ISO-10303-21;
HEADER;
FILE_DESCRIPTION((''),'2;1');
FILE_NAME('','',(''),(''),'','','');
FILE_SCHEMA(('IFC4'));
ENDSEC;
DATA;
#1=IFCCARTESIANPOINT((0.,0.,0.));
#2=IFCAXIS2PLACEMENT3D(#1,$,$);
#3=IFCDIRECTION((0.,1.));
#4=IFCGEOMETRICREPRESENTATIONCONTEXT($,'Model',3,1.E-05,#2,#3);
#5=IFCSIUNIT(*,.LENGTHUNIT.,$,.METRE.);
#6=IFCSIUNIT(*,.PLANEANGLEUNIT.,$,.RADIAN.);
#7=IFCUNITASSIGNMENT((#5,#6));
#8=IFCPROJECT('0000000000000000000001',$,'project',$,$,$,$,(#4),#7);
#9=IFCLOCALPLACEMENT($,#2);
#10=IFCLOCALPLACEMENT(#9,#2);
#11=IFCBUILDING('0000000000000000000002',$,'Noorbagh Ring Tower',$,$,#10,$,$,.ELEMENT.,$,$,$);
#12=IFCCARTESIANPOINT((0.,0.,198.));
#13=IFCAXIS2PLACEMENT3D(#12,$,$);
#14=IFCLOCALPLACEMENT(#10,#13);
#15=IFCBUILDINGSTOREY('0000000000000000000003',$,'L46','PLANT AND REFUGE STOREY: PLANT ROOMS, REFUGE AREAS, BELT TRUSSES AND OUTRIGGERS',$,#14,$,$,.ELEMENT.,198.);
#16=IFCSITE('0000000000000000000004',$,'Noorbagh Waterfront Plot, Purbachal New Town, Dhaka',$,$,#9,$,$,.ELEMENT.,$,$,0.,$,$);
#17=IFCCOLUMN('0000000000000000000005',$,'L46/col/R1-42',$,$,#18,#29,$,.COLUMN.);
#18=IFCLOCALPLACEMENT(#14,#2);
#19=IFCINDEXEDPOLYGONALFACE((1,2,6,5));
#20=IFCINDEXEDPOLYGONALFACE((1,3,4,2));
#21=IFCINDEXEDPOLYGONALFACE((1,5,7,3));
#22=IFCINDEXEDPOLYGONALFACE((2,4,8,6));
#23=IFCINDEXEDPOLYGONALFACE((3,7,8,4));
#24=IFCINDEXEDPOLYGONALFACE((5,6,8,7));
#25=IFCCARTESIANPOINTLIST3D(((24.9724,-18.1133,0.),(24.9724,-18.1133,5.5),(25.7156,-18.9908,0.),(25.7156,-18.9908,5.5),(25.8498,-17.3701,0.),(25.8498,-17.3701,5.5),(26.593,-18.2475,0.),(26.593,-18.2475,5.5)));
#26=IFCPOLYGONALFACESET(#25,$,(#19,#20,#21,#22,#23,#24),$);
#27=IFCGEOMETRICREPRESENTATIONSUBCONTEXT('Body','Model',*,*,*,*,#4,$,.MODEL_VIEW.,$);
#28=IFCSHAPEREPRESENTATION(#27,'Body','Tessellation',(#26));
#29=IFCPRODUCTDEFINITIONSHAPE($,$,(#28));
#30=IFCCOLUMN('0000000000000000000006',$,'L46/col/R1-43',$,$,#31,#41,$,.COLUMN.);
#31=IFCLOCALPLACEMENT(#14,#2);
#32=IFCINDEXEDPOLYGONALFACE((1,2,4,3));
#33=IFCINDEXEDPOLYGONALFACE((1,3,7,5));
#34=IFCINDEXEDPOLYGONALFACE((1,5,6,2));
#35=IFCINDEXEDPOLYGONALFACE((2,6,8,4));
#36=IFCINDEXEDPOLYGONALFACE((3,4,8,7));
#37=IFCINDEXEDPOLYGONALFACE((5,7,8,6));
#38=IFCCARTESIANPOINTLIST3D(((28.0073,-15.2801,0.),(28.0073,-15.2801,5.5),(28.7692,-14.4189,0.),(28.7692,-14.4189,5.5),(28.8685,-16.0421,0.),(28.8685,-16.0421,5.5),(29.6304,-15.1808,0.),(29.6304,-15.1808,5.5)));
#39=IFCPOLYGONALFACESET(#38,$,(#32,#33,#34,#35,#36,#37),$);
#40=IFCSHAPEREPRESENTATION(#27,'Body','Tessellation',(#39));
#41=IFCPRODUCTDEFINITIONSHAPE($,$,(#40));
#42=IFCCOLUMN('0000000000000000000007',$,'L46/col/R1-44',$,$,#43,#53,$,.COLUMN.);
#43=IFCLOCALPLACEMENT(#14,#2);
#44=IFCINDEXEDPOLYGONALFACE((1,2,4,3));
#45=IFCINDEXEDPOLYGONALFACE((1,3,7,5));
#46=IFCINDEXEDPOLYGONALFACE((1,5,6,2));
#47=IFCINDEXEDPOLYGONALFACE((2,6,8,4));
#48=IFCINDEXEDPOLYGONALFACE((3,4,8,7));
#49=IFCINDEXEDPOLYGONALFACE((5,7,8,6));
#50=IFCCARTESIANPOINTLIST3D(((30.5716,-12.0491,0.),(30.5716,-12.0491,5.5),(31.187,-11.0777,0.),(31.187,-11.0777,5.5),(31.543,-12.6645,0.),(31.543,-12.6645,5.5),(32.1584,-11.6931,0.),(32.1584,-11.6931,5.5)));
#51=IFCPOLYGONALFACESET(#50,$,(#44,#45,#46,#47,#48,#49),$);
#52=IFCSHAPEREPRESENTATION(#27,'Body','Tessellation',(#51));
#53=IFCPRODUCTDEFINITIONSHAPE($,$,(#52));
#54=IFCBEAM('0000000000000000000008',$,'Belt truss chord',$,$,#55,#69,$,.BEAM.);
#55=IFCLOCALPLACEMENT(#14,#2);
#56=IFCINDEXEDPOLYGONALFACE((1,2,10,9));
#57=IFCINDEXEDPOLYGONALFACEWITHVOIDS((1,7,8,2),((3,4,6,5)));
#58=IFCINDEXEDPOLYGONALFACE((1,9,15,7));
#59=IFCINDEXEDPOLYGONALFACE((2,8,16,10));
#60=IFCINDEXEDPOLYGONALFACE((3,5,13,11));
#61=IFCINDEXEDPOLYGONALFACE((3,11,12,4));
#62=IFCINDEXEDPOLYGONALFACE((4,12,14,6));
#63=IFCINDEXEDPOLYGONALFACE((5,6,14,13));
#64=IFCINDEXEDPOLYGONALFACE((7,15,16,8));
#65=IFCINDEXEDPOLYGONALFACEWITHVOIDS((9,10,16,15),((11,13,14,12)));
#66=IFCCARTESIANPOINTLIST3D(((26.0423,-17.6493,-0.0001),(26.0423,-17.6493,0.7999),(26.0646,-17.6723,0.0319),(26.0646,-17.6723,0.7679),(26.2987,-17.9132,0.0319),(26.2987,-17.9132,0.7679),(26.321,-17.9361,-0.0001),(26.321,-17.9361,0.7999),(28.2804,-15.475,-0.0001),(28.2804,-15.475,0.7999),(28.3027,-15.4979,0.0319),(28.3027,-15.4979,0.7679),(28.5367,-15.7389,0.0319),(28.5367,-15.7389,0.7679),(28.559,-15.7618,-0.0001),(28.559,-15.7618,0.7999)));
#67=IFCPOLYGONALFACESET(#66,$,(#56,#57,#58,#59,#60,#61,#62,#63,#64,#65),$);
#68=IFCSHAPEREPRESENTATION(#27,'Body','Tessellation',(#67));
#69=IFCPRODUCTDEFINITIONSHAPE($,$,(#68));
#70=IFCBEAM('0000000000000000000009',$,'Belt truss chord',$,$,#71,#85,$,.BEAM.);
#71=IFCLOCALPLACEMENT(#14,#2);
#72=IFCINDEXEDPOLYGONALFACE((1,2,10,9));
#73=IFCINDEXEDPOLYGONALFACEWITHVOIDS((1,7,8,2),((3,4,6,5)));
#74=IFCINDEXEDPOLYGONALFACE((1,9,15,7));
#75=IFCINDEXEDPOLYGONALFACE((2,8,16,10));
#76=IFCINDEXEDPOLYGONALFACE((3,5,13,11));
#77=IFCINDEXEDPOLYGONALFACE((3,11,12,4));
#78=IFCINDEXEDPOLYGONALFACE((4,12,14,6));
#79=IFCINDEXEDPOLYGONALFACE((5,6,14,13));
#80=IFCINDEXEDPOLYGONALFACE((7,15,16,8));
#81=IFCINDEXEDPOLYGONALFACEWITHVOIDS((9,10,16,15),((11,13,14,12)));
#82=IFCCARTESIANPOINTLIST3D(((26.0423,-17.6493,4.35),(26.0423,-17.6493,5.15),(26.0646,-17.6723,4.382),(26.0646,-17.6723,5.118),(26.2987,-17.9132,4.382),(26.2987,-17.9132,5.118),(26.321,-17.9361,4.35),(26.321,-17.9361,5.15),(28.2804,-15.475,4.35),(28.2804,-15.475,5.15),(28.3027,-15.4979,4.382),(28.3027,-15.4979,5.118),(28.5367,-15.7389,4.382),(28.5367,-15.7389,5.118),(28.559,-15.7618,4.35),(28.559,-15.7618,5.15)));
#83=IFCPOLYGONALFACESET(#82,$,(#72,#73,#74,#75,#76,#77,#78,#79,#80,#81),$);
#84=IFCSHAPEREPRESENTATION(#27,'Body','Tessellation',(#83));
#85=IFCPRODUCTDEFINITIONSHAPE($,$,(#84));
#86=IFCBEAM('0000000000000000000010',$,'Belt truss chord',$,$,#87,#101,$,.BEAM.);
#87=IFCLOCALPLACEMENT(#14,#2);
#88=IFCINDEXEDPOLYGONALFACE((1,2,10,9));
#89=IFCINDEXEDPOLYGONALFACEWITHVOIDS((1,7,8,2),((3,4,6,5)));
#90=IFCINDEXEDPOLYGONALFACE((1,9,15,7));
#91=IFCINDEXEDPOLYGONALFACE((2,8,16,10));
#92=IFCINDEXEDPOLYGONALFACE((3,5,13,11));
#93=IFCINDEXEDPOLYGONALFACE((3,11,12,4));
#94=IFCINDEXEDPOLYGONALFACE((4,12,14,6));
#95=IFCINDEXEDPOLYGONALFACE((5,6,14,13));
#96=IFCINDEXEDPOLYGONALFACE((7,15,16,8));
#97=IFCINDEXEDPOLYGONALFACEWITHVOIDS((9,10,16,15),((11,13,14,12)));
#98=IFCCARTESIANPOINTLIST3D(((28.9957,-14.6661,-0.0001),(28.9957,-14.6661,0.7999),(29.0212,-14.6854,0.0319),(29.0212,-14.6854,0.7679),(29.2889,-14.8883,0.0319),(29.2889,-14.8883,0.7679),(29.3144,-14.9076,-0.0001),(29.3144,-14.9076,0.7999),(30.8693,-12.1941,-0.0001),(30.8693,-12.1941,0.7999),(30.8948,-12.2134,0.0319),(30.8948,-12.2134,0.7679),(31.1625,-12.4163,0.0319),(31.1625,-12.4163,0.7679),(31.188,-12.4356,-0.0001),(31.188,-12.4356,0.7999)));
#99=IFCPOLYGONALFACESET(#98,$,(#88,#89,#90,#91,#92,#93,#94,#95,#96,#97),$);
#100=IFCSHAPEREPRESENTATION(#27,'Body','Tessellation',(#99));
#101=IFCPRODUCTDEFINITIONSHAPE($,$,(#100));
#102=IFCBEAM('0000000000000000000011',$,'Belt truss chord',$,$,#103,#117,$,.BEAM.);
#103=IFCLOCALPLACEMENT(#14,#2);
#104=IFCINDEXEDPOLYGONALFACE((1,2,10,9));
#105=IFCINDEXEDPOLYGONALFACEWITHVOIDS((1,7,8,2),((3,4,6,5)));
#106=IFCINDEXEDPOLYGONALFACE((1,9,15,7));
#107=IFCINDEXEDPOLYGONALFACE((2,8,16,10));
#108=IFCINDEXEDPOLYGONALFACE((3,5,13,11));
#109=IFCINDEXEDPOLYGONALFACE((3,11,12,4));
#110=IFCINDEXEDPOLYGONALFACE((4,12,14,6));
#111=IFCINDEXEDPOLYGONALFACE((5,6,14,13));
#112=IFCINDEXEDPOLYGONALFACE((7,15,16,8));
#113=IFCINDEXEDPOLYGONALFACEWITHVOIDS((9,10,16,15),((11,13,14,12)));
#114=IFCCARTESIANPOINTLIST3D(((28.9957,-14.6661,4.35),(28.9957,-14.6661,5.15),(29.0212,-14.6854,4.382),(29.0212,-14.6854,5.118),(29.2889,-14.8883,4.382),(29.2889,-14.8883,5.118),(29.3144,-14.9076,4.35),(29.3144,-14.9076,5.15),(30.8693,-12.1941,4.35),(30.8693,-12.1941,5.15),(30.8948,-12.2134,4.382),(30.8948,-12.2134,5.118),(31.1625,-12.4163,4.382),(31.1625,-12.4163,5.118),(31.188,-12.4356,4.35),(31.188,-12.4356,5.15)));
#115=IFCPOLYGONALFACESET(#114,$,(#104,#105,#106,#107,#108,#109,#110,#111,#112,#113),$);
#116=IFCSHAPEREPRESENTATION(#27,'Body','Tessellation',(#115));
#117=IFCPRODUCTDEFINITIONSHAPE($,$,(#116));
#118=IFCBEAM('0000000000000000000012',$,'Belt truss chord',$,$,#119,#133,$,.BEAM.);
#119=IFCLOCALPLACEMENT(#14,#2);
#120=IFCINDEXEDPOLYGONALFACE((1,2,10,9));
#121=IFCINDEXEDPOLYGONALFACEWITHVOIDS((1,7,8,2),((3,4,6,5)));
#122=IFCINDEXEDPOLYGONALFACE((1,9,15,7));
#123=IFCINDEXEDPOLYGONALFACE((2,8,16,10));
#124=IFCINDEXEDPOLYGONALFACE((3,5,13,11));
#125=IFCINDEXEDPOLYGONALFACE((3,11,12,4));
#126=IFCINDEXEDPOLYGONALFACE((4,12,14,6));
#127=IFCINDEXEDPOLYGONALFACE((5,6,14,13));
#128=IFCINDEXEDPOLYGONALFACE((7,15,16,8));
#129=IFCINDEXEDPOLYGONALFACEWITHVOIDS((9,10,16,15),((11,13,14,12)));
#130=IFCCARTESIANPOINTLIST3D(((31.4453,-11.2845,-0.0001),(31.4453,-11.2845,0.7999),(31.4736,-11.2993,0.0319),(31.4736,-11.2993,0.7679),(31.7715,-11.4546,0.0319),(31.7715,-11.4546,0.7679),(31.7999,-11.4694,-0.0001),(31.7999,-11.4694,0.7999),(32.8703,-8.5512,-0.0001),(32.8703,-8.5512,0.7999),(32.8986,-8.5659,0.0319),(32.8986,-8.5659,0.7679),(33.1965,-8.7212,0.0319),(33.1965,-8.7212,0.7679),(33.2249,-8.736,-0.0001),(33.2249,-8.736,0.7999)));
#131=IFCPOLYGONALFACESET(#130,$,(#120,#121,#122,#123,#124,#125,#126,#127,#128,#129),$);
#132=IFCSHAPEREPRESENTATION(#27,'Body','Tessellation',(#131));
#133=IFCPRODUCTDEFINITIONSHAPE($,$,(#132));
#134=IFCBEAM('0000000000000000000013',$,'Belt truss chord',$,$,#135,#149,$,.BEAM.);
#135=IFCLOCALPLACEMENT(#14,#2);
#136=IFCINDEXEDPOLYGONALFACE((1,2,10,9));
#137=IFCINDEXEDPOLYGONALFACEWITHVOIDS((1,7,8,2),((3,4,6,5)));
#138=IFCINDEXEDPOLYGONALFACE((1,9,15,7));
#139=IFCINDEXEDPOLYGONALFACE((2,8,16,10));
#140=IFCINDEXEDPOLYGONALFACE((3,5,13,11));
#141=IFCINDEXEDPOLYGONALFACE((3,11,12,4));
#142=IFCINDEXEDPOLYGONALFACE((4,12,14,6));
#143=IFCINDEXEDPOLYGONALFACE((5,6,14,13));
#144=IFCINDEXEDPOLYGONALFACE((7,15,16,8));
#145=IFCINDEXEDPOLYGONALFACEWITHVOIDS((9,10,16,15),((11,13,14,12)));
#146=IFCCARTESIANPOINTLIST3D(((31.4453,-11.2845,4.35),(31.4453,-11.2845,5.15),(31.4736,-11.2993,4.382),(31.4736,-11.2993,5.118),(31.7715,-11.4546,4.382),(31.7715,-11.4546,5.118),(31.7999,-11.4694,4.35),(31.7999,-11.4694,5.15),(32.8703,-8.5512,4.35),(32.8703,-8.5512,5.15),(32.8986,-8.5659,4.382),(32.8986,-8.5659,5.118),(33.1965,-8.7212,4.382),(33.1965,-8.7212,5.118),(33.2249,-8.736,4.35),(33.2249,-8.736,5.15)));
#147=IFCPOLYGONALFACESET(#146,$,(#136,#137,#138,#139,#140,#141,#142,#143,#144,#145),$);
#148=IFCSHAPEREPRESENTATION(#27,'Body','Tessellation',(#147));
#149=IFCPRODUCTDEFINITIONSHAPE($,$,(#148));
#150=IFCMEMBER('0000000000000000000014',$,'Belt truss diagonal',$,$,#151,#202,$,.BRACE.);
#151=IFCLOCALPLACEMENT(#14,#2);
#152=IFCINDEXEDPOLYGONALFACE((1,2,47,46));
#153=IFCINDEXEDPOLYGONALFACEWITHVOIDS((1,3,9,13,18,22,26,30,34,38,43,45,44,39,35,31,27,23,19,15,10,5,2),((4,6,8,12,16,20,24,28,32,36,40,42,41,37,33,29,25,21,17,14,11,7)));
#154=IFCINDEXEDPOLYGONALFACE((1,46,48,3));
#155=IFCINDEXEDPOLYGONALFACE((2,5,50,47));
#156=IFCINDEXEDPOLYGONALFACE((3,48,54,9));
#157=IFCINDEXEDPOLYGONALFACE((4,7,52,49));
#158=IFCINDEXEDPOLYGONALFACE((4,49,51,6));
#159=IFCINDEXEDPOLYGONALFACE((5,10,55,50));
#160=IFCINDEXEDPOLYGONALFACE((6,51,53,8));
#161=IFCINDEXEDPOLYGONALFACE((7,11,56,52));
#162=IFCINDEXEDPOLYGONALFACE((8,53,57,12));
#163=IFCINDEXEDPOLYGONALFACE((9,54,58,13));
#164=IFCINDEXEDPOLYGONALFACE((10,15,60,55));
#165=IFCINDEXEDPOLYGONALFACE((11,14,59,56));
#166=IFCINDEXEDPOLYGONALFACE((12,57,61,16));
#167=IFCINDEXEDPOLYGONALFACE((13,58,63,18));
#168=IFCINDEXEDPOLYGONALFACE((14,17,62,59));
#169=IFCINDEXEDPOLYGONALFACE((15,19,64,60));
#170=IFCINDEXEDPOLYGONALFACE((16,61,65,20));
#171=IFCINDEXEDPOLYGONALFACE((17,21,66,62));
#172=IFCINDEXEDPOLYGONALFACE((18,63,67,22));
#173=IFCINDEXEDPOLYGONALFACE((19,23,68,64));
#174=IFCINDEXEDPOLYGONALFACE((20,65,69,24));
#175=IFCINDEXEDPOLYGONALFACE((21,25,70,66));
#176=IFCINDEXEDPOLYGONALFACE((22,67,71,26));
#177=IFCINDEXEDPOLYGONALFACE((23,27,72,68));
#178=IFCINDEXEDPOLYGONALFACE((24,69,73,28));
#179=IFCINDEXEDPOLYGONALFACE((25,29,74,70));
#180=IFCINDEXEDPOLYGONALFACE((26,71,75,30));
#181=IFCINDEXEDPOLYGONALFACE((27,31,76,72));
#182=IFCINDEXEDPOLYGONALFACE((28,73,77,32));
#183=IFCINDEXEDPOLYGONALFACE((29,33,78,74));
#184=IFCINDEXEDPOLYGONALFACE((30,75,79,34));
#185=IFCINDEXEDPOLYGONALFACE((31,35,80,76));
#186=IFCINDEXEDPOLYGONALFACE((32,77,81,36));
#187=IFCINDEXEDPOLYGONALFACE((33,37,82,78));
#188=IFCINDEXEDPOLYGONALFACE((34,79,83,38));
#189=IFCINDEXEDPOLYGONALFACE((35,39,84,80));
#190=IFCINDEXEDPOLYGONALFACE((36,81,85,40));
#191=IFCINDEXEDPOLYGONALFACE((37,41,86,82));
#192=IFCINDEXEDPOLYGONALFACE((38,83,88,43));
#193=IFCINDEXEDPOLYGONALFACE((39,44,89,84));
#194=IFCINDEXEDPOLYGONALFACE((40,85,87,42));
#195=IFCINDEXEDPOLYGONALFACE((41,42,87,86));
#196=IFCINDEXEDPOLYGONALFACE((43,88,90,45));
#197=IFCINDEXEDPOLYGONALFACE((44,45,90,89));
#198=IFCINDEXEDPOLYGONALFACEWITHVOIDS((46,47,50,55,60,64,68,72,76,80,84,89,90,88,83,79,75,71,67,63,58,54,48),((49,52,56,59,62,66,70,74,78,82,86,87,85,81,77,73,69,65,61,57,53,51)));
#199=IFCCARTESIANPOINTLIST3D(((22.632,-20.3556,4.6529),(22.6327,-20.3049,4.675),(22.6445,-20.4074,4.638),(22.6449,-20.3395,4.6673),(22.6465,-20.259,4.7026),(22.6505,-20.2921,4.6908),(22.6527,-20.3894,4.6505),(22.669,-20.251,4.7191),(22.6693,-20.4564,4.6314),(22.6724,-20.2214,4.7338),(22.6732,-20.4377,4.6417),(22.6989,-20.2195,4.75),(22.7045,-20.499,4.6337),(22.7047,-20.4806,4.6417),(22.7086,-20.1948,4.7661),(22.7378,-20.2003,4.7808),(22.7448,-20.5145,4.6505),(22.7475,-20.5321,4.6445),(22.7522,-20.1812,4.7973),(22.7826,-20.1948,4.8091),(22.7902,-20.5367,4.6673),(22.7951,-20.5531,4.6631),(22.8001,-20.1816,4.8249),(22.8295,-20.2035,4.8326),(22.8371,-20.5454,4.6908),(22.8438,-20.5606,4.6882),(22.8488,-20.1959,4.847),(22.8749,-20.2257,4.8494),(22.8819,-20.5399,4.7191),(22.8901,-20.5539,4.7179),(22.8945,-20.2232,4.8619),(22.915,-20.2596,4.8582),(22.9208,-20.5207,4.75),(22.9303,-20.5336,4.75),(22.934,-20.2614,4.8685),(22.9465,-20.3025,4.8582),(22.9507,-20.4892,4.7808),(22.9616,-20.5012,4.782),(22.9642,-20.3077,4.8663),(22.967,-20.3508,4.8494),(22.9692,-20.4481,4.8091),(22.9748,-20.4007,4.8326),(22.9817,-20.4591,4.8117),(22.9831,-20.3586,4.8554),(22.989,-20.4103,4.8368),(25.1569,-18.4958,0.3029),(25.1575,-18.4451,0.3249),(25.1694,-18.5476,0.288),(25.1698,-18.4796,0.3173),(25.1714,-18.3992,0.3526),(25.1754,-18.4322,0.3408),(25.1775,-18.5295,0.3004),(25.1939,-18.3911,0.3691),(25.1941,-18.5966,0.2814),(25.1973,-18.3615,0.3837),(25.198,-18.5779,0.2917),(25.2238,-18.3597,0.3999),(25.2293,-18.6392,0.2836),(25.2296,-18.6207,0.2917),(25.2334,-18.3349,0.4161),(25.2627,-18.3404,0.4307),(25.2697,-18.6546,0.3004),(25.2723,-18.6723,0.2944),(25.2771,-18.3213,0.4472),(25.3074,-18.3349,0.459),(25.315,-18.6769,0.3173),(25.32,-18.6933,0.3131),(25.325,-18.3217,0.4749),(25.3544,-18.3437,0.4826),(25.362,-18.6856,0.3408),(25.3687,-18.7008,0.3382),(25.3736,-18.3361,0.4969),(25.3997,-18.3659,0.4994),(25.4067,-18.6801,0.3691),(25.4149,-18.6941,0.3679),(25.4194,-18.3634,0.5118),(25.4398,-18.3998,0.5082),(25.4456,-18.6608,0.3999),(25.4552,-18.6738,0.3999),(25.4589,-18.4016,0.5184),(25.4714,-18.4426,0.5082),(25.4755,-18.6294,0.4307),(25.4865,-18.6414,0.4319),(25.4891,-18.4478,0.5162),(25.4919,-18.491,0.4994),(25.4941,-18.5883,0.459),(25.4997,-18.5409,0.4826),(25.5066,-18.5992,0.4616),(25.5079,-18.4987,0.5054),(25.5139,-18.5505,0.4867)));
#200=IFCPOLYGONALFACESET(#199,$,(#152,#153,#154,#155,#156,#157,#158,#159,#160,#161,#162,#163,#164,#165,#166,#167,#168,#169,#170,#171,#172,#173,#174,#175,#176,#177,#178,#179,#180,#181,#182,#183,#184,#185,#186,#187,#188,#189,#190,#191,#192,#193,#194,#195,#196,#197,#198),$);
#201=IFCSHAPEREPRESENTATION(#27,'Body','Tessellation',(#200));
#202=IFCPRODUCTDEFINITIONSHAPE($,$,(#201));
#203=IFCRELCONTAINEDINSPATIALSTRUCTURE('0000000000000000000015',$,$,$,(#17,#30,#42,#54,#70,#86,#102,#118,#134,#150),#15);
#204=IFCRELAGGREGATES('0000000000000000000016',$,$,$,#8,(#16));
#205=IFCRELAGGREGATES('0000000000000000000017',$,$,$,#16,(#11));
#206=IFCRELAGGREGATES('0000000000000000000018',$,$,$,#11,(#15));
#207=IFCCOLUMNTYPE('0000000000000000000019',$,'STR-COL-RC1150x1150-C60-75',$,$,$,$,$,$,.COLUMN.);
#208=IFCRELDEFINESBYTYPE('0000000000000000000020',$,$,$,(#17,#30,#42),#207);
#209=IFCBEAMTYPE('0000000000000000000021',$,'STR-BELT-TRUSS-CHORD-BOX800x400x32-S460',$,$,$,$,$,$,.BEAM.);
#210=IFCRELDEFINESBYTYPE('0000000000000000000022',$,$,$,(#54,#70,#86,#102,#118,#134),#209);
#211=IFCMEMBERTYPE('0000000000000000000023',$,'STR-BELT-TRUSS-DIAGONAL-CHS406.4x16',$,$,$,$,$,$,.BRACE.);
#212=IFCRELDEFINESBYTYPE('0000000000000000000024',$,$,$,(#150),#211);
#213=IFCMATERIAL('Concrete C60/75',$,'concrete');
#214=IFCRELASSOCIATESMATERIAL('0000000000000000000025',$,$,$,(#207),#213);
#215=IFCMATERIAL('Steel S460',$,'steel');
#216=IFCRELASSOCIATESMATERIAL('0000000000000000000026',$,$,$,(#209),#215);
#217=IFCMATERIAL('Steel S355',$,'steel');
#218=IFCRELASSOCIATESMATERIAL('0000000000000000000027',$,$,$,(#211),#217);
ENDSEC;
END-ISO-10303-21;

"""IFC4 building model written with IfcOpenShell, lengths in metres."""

from ifc_helpers import new_model, si_unit, direction, frame, origin, origin_2d, place, context, subcontext, project, spatial, rectangle, hollow_rectangle, hollow_circle, extrude, material, material_profile, profile_set, type_object, element, save


model = new_model("IFC4")

# Units and contexts
model_context = context("Model", 3, precision=1e-05, world=origin(), true_north=direction((0.0, 1.0)))
body_context = subcontext(model_context, "Body", "Model", "MODEL_VIEW")
ifc_project = project(units=[si_unit("LENGTHUNIT", "METRE"), si_unit("PLANEANGLEUNIT", "RADIAN")], contexts=[model_context])

# Site, building, storey
site_placement = place(None, origin())
site = spatial("IfcSite", under=ifc_project, at=site_placement, Name="Noorbagh Waterfront Plot, Purbachal New Town, Dhaka", CompositionType="ELEMENT", RefElevation=0.0)
building_placement = place(site_placement, origin())
building = spatial("IfcBuilding", under=site, at=building_placement, Name="Noorbagh Ring Tower", CompositionType="ELEMENT")
storey_placement = place(building_placement, frame((0.0, 0.0, 198.0)))
storey = spatial("IfcBuildingStorey", under=building, at=storey_placement, Name="L46", Description="PLANT AND REFUGE STOREY: PLANT ROOMS, REFUGE AREAS, BELT TRUSSES AND OUTRIGGERS", CompositionType="ELEMENT", Elevation=198.0)

# Columns
ifc_material_1 = material(Name="Concrete C60/75", Category="concrete")
ifc_material_profile_1 = material_profile(ifc_material_1, rectangle(XDim=1.1499, YDim=1.1499, at=origin_2d()), Name="RC1150x1150")
ifc_profile_set_1 = profile_set([ifc_material_profile_1], Name="Concrete C60/75")
column_type = type_object("IfcColumnType", Name="STR-COL-RC1150x1150-C60-75", PredefinedType="COLUMN", material=ifc_profile_set_1)
for number, where, z_axis, x_axis, name in (
    (1, (25.7827, -18.1804, 0.0), (0.0, 0.0, 1.0), (0.763035, 0.646357, 0.0), "L46/col/R1-42"),
    (2, (28.8188, -15.2305, 0.0), (0.0, 0.0, 1.0), (0.662636, 0.748942, 0.0), "L46/col/R1-43"),
    (3, (31.365, -11.8711, 0.0), (0.0, 0.0, 1.0), (0.53519, 0.844731, 0.0), "L46/col/R1-44"),
):
    element("IfcColumn", number, at=place(storey_placement, frame(where, z_axis=z_axis, x_axis=x_axis)), inside=storey, type_object=column_type, Name=name, PredefinedType="COLUMN", context=body_context, shape_type="SweptSolid", body=[
        extrude(rectangle(XDim=1.1499, YDim=1.1499, at=origin_2d()), origin(), (0.0, 0.0, 1.0), 5.5),
    ])

# Beams
ifc_material_2 = material(Name="Steel S460", Category="steel")
ifc_material_profile_2 = material_profile(ifc_material_2, hollow_rectangle(XDim=0.3999, YDim=0.8, WallThickness=0.032, at=origin_2d()), Name="BOX800x400x32")
ifc_profile_set_2 = profile_set([ifc_material_profile_2], Name="Steel S460")
beam_type_1 = type_object("IfcBeamType", Name="STR-BELT-TRUSS-CHORD-BOX800x400x32-S460", PredefinedType="BEAM", material=ifc_profile_set_2)
for number, where, z_axis, x_axis, name in (
    (4, (26.1816, -17.7927, 0.3999), (0.717244, 0.696822, 0.0), (-0.696822, 0.717244, 0.0), "Belt truss chord"),
    (5, (26.1816, -17.7927, 4.75), (0.717244, 0.696822, 0.0), (-0.696822, 0.717244, 0.0), "Belt truss chord"),
):
    element("IfcBeam", number, at=place(storey_placement, frame(where, z_axis=z_axis, x_axis=x_axis)), inside=storey, type_object=beam_type_1, Name=name, PredefinedType="BEAM", context=body_context, shape_type="SweptSolid", body=[
        extrude(hollow_rectangle(XDim=0.3999, YDim=0.8, WallThickness=0.032, at=origin_2d()), origin(), (0.0, 0.0, 1.0), 3.1204),
    ])
for number, where, z_axis, x_axis, name in (
    (6, (29.155, -14.7869, 0.3999), (0.604035, 0.796958, 0.0), (-0.796958, 0.604035, 0.0), "Belt truss chord"),
    (7, (29.155, -14.7869, 4.75), (0.604035, 0.796958, 0.0), (-0.796958, 0.604035, 0.0), "Belt truss chord"),
):
    element("IfcBeam", number, at=place(storey_placement, frame(where, z_axis=z_axis, x_axis=x_axis)), inside=storey, type_object=beam_type_1, Name=name, PredefinedType="BEAM", context=body_context, shape_type="SweptSolid", body=[
        extrude(hollow_rectangle(XDim=0.3999, YDim=0.8, WallThickness=0.032, at=origin_2d()), origin(), (0.0, 0.0, 1.0), 3.1018),
    ])
for number, where, z_axis, x_axis, name in (
    (8, (31.6226, -11.377, 0.3999), (0.462293, 0.886727, 0.0), (-0.886727, 0.462293, 0.0), "Belt truss chord"),
    (9, (31.6226, -11.377, 4.75), (0.462293, 0.886727, 0.0), (-0.886727, 0.462293, 0.0), "Belt truss chord"),
):
    element("IfcBeam", number, at=place(storey_placement, frame(where, z_axis=z_axis, x_axis=x_axis)), inside=storey, type_object=beam_type_1, Name=name, PredefinedType="BEAM", context=body_context, shape_type="SweptSolid", body=[
        extrude(hollow_rectangle(XDim=0.3999, YDim=0.8, WallThickness=0.032, at=origin_2d()), origin(), (0.0, 0.0, 1.0), 3.0825),
    ])

# Member
ifc_material_3 = material(Name="Steel S355", Category="steel")
ifc_material_profile_3 = material_profile(ifc_material_3, hollow_circle(Radius=0.2031, WallThickness=0.0161, at=origin_2d()), Name="CHS406.4x16")
ifc_profile_set_3 = profile_set([ifc_material_profile_3], Name="Steel S355")
member_type = type_object("IfcMemberType", Name="STR-BELT-TRUSS-DIAGONAL-CHS406.4x16", PredefinedType="BRACE", material=ifc_profile_set_3)
member_1_placement = place(storey_placement, frame((25.3347, -18.5103, 0.3999), z_axis=(-0.470835, -0.346821, 0.811191), x_axis=(0.593077, -0.805146, 0.0)))
element("IfcMember", 10, at=member_1_placement, inside=storey, type_object=member_type, Name="Belt truss diagonal", PredefinedType="BRACE", context=body_context, shape_type="SweptSolid", body=[
    extrude(hollow_circle(Radius=0.2031, WallThickness=0.0161, at=origin_2d()), origin(), (0.0, 0.0, 1.0), 5.3625),
])

save(model, "model.ifc")
